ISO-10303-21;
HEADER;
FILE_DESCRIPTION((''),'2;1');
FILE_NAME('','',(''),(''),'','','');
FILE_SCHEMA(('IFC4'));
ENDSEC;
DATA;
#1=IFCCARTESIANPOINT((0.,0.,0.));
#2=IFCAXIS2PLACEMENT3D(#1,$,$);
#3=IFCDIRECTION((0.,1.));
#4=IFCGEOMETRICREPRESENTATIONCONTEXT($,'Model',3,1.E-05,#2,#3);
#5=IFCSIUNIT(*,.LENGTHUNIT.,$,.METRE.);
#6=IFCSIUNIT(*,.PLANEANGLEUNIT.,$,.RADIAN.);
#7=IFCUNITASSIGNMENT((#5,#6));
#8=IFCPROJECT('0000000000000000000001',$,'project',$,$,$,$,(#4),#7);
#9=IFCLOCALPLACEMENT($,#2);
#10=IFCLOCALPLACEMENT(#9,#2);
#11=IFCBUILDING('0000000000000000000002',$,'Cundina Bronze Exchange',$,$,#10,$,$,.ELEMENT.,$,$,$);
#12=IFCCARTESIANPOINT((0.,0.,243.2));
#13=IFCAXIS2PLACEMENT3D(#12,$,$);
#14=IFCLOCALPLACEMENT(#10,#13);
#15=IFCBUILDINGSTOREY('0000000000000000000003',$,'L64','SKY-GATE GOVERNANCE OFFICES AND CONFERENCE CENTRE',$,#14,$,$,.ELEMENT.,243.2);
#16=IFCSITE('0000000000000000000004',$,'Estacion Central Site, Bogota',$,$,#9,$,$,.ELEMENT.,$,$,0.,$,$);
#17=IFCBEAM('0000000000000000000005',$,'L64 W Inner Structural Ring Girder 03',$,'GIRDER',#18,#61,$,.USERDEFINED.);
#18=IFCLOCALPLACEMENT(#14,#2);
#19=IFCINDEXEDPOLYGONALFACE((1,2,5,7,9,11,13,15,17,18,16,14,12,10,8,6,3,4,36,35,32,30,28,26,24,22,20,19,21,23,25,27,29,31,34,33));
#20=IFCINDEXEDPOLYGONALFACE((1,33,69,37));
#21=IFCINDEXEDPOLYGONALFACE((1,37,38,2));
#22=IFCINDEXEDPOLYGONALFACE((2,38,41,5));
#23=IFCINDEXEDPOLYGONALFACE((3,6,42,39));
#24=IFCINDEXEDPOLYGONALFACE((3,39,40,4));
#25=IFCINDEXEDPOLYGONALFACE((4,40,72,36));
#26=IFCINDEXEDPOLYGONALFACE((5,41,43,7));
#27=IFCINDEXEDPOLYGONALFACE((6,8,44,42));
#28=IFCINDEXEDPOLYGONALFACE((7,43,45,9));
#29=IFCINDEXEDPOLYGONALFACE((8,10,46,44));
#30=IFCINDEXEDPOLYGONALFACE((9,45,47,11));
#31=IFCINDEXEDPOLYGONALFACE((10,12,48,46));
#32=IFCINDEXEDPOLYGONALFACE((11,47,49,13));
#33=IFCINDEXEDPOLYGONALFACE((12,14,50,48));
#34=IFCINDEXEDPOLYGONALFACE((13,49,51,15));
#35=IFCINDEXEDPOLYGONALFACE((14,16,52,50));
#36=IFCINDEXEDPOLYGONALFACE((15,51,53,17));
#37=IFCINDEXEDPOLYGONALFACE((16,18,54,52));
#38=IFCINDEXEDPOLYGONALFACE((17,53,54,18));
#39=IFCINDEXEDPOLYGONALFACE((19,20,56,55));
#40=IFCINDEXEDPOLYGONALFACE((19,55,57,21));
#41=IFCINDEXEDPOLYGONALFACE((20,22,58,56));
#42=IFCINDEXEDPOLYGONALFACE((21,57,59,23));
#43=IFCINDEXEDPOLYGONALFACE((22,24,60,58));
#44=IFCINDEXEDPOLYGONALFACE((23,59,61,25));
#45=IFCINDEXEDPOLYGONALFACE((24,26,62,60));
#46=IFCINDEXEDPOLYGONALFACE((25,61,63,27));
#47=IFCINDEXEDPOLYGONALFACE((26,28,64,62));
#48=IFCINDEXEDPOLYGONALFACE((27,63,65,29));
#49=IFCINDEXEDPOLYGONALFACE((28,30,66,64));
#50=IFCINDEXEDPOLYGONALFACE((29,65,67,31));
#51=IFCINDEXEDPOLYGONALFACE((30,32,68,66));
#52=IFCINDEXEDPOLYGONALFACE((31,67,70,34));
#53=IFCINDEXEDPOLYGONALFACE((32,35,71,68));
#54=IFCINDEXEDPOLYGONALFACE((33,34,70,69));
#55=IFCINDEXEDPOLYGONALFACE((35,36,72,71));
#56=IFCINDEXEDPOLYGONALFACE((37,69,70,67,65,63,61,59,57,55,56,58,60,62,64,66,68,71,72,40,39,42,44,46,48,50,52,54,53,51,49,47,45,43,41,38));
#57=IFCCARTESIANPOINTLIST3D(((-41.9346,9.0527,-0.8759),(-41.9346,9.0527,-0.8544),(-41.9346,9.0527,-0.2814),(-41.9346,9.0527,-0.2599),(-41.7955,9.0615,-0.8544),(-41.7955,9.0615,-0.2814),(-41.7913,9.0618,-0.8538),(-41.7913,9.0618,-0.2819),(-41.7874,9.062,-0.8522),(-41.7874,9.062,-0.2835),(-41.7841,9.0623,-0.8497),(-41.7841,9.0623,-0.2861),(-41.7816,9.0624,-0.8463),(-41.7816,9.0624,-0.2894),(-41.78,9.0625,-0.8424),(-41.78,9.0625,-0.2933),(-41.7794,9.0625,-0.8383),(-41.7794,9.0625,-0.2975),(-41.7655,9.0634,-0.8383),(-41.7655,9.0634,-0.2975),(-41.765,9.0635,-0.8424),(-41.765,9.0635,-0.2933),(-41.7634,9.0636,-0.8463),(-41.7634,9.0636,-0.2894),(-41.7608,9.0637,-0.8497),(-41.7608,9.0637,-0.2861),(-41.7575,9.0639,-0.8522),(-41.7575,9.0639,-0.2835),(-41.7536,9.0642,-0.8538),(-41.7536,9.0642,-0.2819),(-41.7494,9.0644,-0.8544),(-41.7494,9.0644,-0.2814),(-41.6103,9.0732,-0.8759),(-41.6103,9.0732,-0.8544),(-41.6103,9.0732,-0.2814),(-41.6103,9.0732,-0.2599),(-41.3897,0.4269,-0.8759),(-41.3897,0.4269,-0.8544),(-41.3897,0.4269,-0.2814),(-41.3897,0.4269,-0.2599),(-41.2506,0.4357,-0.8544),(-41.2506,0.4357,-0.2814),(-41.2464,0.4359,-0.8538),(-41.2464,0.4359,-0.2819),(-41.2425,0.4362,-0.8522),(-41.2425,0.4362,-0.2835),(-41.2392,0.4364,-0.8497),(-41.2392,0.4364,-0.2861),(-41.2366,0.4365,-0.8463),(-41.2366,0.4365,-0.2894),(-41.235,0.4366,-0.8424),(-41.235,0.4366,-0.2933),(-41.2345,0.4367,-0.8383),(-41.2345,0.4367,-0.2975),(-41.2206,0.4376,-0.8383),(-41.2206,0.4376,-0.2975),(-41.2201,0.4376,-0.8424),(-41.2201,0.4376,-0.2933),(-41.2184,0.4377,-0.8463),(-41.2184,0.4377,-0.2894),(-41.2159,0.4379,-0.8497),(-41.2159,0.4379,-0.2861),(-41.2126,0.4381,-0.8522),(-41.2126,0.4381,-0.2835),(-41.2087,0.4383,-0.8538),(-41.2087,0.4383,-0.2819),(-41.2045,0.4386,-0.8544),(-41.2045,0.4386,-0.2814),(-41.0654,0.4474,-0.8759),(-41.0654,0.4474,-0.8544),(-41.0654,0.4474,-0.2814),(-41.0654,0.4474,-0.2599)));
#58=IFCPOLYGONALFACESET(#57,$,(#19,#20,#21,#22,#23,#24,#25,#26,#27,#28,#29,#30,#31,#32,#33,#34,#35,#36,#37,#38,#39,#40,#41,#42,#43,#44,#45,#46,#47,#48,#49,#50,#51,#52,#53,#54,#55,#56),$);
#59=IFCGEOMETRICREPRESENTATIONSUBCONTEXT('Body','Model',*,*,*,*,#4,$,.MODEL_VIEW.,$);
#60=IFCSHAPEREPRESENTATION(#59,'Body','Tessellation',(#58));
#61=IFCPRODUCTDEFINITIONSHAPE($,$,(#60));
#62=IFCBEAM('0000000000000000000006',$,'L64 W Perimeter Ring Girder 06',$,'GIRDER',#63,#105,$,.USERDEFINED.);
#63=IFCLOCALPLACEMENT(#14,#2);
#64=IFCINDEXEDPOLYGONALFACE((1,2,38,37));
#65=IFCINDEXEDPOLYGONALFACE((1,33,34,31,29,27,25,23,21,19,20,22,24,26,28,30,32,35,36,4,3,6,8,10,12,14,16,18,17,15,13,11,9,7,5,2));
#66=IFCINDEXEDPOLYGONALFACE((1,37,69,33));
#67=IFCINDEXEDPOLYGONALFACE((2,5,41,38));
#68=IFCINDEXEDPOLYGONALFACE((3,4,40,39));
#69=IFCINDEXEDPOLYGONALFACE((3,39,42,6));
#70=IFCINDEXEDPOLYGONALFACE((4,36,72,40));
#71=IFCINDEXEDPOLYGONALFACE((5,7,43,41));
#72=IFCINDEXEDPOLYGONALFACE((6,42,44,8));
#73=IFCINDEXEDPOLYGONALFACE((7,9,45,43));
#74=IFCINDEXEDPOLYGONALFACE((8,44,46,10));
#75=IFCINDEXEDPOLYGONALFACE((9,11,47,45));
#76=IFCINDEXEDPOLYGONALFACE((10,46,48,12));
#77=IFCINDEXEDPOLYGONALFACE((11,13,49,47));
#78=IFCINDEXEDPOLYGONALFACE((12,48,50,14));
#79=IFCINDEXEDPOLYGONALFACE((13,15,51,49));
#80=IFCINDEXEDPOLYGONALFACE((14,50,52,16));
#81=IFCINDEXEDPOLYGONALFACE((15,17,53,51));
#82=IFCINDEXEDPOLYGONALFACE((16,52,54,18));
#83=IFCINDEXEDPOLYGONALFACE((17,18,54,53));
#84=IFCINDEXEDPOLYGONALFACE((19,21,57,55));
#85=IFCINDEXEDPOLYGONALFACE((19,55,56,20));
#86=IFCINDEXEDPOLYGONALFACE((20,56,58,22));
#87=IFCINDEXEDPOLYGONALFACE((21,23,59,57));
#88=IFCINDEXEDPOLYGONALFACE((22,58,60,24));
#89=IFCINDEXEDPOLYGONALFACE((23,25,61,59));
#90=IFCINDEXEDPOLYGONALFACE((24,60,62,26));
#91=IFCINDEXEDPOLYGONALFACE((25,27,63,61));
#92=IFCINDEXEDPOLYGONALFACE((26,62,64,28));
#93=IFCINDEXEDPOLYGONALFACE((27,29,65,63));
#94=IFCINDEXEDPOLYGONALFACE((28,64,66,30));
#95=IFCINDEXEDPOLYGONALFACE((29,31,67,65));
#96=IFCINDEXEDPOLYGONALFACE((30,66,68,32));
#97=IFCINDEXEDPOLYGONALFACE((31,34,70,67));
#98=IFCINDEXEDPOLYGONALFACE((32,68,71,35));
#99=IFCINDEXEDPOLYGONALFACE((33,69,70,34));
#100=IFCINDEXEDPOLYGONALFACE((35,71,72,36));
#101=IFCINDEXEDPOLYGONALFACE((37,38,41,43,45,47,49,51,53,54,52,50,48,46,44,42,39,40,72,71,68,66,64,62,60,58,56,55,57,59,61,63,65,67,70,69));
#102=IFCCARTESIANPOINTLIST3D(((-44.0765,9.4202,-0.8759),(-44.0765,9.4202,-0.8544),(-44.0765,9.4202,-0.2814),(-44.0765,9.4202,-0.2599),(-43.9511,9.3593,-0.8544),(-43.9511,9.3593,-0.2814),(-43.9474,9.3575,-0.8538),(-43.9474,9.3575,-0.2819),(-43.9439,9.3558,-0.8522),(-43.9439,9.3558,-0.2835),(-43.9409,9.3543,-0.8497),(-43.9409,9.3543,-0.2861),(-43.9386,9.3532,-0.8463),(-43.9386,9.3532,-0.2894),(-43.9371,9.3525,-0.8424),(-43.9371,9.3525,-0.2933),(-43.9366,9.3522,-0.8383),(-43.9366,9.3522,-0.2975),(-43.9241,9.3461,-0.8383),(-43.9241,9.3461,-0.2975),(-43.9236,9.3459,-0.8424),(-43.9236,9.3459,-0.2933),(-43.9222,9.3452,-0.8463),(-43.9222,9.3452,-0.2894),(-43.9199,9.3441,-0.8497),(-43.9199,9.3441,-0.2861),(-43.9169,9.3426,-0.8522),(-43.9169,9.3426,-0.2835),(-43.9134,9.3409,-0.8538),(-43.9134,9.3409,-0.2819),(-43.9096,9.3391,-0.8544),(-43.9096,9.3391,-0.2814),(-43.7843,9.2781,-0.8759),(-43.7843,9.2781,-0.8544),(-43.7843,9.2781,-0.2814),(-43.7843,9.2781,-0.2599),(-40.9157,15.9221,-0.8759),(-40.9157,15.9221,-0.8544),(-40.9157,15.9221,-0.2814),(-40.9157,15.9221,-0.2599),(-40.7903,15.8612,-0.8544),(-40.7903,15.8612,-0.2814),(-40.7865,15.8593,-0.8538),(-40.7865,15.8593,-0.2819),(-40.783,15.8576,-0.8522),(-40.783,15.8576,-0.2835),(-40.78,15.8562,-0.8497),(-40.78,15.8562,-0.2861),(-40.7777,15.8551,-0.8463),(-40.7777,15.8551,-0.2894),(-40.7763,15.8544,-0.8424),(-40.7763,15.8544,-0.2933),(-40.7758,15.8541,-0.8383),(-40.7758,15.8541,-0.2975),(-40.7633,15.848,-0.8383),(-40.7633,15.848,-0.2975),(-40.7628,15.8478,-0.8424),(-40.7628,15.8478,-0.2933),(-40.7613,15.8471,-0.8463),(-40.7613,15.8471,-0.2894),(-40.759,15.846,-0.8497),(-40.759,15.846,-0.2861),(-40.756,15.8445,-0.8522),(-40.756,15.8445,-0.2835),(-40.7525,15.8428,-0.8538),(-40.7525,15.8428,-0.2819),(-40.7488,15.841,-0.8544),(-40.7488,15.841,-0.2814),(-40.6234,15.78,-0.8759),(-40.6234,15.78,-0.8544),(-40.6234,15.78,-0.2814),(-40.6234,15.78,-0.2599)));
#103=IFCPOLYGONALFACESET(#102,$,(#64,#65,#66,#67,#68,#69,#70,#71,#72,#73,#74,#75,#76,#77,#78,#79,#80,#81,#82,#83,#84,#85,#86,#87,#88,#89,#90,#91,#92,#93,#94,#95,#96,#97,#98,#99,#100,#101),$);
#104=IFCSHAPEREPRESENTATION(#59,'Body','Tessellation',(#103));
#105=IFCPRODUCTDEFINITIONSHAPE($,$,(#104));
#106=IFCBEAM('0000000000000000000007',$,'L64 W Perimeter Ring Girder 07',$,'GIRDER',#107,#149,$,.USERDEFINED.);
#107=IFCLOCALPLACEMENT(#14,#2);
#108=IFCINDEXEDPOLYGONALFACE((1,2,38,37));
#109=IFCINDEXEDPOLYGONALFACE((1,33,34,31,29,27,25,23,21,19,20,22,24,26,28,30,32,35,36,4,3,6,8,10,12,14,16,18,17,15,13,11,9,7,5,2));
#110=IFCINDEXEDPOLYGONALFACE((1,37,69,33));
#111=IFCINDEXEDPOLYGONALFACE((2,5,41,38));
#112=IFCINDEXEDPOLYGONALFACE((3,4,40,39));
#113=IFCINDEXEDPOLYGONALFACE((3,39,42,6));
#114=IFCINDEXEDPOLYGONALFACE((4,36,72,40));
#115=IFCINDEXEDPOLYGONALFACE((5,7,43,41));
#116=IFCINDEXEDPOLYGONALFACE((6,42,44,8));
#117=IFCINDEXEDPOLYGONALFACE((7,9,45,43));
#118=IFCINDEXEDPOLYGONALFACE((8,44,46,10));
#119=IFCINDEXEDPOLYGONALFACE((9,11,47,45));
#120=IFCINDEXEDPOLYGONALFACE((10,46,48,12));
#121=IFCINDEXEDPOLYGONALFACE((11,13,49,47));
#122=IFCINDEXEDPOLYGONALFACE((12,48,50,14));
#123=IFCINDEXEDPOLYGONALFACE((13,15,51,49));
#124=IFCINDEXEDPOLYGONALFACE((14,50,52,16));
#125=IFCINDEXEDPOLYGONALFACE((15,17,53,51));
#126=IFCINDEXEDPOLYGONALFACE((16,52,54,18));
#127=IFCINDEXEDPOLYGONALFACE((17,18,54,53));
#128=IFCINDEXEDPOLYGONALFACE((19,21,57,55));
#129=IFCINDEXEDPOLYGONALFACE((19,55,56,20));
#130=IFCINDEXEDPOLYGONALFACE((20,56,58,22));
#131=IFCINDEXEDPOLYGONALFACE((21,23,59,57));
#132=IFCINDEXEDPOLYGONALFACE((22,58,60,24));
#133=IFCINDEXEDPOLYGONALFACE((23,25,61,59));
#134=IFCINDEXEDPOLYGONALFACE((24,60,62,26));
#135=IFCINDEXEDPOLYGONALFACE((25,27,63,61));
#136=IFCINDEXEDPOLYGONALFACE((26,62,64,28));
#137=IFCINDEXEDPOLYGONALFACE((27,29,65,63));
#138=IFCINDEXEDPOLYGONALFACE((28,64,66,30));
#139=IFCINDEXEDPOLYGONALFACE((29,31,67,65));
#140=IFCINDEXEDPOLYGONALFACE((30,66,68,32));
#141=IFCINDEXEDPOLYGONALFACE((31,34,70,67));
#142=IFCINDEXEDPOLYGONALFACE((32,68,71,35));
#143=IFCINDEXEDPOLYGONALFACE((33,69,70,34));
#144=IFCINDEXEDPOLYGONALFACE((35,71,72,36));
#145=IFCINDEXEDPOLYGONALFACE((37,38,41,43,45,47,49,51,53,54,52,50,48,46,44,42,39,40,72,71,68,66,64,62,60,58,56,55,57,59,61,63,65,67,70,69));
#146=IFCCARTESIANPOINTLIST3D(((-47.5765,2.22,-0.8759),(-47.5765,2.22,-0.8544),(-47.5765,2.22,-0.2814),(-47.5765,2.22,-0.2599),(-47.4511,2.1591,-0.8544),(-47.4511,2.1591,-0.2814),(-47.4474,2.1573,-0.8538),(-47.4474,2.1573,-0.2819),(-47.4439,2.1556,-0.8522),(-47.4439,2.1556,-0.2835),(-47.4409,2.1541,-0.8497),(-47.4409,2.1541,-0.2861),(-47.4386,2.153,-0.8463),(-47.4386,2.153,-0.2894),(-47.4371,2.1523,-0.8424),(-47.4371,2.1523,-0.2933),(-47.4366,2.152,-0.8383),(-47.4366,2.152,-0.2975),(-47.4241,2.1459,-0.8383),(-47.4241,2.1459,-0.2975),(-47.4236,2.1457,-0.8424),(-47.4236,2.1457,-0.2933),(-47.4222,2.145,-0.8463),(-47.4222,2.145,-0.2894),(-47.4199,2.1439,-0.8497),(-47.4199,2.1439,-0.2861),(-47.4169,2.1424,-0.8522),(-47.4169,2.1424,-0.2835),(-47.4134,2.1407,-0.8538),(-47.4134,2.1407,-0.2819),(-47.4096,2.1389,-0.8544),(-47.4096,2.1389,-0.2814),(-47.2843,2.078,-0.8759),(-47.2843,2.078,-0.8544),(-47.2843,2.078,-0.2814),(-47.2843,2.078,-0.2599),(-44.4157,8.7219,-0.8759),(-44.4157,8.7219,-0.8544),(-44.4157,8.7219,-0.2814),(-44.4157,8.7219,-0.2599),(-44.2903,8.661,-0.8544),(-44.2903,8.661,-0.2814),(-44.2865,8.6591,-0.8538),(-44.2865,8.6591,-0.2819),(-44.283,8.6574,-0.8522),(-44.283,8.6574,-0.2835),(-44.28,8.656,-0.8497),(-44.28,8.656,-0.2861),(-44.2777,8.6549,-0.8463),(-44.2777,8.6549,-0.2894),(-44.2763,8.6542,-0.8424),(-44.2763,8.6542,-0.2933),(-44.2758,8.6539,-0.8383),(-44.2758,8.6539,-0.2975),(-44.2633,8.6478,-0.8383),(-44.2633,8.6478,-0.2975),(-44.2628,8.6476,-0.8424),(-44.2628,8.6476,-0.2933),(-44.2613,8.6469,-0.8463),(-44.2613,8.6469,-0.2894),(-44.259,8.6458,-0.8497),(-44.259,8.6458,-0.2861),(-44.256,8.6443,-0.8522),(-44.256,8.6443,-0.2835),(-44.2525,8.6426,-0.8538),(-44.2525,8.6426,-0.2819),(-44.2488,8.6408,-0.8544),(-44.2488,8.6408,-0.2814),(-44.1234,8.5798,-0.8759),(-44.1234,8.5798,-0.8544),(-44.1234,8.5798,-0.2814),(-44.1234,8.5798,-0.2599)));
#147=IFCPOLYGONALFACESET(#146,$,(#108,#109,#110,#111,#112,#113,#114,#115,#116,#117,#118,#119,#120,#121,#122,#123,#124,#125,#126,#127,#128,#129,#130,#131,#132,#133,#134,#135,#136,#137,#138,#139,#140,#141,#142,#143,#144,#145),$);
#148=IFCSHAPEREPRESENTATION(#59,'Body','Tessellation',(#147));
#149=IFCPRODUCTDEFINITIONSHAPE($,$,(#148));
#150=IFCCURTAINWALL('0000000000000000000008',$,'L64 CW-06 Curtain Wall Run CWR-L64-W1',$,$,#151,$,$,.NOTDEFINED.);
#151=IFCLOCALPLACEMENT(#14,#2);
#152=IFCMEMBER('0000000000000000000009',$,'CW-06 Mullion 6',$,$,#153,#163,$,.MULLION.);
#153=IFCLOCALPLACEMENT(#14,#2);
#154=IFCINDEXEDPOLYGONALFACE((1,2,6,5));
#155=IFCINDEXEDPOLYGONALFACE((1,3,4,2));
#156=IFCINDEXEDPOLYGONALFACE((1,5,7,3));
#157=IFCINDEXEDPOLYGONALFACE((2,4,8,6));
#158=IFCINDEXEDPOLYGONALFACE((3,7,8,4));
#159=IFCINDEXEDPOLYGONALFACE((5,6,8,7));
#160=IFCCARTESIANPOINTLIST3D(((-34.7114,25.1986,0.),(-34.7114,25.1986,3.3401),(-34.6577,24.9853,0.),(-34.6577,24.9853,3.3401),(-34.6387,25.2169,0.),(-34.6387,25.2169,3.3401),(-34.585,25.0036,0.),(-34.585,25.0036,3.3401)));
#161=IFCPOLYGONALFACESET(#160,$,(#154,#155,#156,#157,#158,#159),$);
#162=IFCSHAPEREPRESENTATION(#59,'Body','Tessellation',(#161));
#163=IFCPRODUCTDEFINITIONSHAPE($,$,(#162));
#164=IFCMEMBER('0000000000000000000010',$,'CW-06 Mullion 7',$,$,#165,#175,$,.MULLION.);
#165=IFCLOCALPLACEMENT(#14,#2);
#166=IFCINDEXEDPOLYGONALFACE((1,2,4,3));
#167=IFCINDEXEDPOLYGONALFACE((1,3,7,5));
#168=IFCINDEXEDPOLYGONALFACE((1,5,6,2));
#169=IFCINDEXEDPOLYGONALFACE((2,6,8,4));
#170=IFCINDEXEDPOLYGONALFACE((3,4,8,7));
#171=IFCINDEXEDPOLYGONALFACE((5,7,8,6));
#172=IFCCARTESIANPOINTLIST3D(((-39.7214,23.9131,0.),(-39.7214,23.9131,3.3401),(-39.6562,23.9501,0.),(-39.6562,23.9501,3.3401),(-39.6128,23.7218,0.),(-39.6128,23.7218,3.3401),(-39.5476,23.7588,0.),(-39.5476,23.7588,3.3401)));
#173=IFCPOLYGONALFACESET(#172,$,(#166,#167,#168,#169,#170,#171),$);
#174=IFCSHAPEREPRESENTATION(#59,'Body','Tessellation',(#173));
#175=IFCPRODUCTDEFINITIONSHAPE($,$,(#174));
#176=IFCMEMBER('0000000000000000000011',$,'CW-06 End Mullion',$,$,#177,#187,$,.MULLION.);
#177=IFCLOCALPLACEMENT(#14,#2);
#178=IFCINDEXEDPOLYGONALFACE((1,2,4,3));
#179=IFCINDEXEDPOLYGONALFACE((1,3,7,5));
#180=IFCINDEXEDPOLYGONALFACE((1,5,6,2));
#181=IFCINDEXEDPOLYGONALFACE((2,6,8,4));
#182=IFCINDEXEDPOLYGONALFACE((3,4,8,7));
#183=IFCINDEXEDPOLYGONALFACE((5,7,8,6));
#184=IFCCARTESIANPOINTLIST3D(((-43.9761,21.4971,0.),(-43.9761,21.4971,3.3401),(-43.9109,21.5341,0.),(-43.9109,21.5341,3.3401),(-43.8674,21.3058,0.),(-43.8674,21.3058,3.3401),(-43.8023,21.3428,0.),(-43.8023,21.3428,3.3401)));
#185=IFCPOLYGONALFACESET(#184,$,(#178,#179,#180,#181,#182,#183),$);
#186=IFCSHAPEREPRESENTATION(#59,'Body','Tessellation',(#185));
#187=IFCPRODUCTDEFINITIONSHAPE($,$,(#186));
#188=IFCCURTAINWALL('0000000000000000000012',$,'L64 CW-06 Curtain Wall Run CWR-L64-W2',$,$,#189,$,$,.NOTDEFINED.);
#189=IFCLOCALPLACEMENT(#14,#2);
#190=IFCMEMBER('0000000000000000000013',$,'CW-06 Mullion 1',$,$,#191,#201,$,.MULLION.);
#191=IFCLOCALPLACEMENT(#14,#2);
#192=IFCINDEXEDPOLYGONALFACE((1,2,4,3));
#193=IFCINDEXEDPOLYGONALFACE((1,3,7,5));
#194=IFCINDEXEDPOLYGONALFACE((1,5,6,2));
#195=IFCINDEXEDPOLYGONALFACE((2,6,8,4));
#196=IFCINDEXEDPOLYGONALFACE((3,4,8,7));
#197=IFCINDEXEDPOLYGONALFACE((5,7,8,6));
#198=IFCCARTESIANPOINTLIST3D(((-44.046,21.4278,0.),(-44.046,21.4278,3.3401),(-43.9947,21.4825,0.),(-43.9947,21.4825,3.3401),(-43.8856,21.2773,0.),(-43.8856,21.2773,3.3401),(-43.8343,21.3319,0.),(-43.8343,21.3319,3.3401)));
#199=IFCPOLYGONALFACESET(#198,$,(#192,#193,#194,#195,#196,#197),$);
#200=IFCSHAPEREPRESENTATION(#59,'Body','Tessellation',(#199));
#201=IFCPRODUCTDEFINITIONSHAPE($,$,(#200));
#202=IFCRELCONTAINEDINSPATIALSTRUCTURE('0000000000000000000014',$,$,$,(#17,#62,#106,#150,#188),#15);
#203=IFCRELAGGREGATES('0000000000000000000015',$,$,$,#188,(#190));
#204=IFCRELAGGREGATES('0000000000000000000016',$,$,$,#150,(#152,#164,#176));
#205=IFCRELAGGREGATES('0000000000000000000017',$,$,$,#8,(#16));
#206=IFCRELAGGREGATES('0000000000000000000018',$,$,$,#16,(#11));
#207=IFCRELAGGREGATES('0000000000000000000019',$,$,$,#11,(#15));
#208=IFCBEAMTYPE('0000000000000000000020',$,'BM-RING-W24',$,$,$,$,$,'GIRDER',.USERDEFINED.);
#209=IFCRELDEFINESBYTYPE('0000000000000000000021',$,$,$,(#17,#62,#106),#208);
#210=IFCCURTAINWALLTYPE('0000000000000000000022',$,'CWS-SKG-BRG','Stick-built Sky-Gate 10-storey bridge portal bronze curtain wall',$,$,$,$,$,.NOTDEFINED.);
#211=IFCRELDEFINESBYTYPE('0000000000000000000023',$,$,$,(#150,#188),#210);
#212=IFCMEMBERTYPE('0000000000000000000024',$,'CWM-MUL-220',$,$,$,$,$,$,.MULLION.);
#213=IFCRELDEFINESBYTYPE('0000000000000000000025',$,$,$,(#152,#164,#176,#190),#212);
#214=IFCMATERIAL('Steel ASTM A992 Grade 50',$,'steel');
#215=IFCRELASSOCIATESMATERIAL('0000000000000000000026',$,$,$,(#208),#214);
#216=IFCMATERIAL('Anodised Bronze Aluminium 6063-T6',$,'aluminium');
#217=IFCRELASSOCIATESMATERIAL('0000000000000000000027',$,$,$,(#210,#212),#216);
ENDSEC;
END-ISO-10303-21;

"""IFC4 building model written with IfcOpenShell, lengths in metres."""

from ifc_helpers import new_model, si_unit, direction, frame, origin, origin_2d, place, context, subcontext, project, spatial, rectangle, i_section, extrude, material, material_profile, profile_set, type_object, element, aggregate, save


model = new_model("IFC4")

# Units and contexts
model_context = context("Model", 3, precision=1e-05, world=origin(), true_north=direction((0.0, 1.0)))
body_context = subcontext(model_context, "Body", "Model", "MODEL_VIEW")
ifc_project = project(units=[si_unit("LENGTHUNIT", "METRE"), si_unit("PLANEANGLEUNIT", "RADIAN")], contexts=[model_context])

# Site, building, storey
site_placement = place(None, origin())
site = spatial("IfcSite", under=ifc_project, at=site_placement, Name="Estacion Central Site, Bogota", CompositionType="ELEMENT", RefElevation=0.0)
building_placement = place(site_placement, origin())
building = spatial("IfcBuilding", under=site, at=building_placement, Name="Cundina Bronze Exchange", CompositionType="ELEMENT")
storey_placement = place(building_placement, frame((0.0, 0.0, 243.2)))
storey = spatial("IfcBuildingStorey", under=building, at=storey_placement, Name="L64", Description="SKY-GATE GOVERNANCE OFFICES AND CONFERENCE CENTRE", CompositionType="ELEMENT", Elevation=243.2)

# Beams
ifc_material_1 = material(Name="Steel ASTM A992 Grade 50", Category="steel")
ifc_material_profile_1 = material_profile(ifc_material_1, i_section(OverallWidth=0.325, OverallDepth=0.616, WebThickness=0.0139, FlangeThickness=0.0215, FilletRadius=0.0161, at=origin_2d()), Name="W24X117", Category="steel")
ifc_profile_set_1 = profile_set([ifc_material_profile_1], Name="Steel ASTM A992 Grade 50")
beam_type_1 = type_object("IfcBeamType", Name="BM-RING-W24", ElementType="GIRDER", PredefinedType="USERDEFINED", material=ifc_profile_set_1)
beam_1_placement = place(storey_placement, frame((-41.7725, 9.063, -0.5679), z_axis=(0.063047, -0.998011, 0.0), x_axis=(0.998011, 0.063047, 0.0)))
element("IfcBeam", 1, at=beam_1_placement, inside=storey, type_object=beam_type_1, Name="L64 W Inner Structural Ring Girder 03", ObjectType="GIRDER", PredefinedType="USERDEFINED", context=body_context, shape_type="SweptSolid", body=[
    extrude(i_section(OverallWidth=0.325, OverallDepth=0.616, WebThickness=0.0139, FlangeThickness=0.0215, FilletRadius=0.0161, at=origin_2d()), origin(), (0.0, 0.0, 1.0), 8.6431),
])
for number, where, z_axis, x_axis, name in (
    (2, (-40.7695, 15.8511, -0.5679), (-0.437217, -0.899356, 0.0), (0.899356, -0.437217, 0.0), "L64 W Perimeter Ring Girder 06"),
    (3, (-44.2695, 8.6509, -0.5679), (-0.437217, -0.899356, 0.0), (0.899356, -0.437217, 0.0), "L64 W Perimeter Ring Girder 07"),
):
    element("IfcBeam", number, at=place(storey_placement, frame(where, z_axis=z_axis, x_axis=x_axis)), inside=storey, type_object=beam_type_1, Name=name, ObjectType="GIRDER", PredefinedType="USERDEFINED", context=body_context, shape_type="SweptSolid", body=[
        extrude(i_section(OverallWidth=0.325, OverallDepth=0.616, WebThickness=0.0139, FlangeThickness=0.0215, FilletRadius=0.0161, at=origin_2d()), origin(), (0.0, 0.0, 1.0), 7.2295),
    ])

# Curtain walls, members
ifc_material_2 = material(Name="Anodised Bronze Aluminium 6063-T6", Category="aluminium")
curtain_wall_type = type_object("IfcCurtainWallType", Name="CWS-SKG-BRG", Description="Stick-built Sky-Gate 10-storey bridge portal bronze curtain wall", PredefinedType="NOTDEFINED", material=ifc_material_2)
curtain_wall_1_placement = place(storey_placement, origin())
curtain_wall_1 = element("IfcCurtainWall", 4, at=curtain_wall_1_placement, inside=storey, type_object=curtain_wall_type, Name="L64 CW-06 Curtain Wall Run CWR-L64-W1", PredefinedType="NOTDEFINED")
ifc_material_profile_2 = material_profile(ifc_material_2, rectangle(XDim=0.075, YDim=0.22, at=origin_2d()), Name="AL75X220", Category="aluminium")
ifc_profile_set_2 = profile_set([ifc_material_profile_2], Name="Anodised Bronze Aluminium 6063-T6")
member_type_1 = type_object("IfcMemberType", Name="CWM-MUL-220", PredefinedType="MULLION", material=ifc_profile_set_2)
member_1_placement = place(storey_placement, frame((-34.6482, 25.1011, 0.0), z_axis=(0.0, 0.0, 1.0), x_axis=(-0.969744, -0.244123, 0.0)))
member_1 = element("IfcMember", 5, at=member_1_placement, type_object=member_type_1, Name="CW-06 Mullion 6", PredefinedType="MULLION", context=body_context, shape_type="SweptSolid", body=[
    extrude(rectangle(XDim=0.075, YDim=0.22, at=origin_2d()), origin(), (0.0, 0.0, 1.0), 3.3401),
])
member_2_placement = place(storey_placement, frame((-39.6345, 23.8359, 0.0), z_axis=(0.0, 0.0, 1.0), x_axis=(-0.869581, -0.49379, 0.0)))
member_2 = element("IfcMember", 6, at=member_2_placement, type_object=member_type_1, Name="CW-06 Mullion 7", PredefinedType="MULLION", context=body_context, shape_type="SweptSolid", body=[
    extrude(rectangle(XDim=0.075, YDim=0.22, at=origin_2d()), origin(), (0.0, 0.0, 1.0), 3.3401),
])
member_3_placement = place(storey_placement, frame((-43.8892, 21.4199, 0.0), z_axis=(0.0, 0.0, 1.0), x_axis=(-0.869581, -0.49379, 0.0)))
member_3 = element("IfcMember", 7, at=member_3_placement, type_object=member_type_1, Name="CW-06 End Mullion", PredefinedType="MULLION", context=body_context, shape_type="SweptSolid", body=[
    extrude(rectangle(XDim=0.075, YDim=0.22, at=origin_2d()), origin(), (0.0, 0.0, 1.0), 3.3401),
])
curtain_wall_2_placement = place(storey_placement, origin())
curtain_wall_2 = element("IfcCurtainWall", 8, at=curtain_wall_2_placement, inside=storey, type_object=curtain_wall_type, Name="L64 CW-06 Curtain Wall Run CWR-L64-W2", PredefinedType="NOTDEFINED")
member_4_placement = place(storey_placement, frame((-43.9402, 21.3799, 0.0), z_axis=(0.0, 0.0, 1.0), x_axis=(-0.684293, -0.729208, 0.0)))
member_4 = element("IfcMember", 9, at=member_4_placement, type_object=member_type_1, Name="CW-06 Mullion 1", PredefinedType="MULLION", context=body_context, shape_type="SweptSolid", body=[
    extrude(rectangle(XDim=0.075, YDim=0.22, at=origin_2d()), origin(), (0.0, 0.0, 1.0), 3.3401),
])

aggregate(curtain_wall_2, [member_4])
aggregate(curtain_wall_1, [member_1, member_2, member_3])

save(model, "model.ifc")
